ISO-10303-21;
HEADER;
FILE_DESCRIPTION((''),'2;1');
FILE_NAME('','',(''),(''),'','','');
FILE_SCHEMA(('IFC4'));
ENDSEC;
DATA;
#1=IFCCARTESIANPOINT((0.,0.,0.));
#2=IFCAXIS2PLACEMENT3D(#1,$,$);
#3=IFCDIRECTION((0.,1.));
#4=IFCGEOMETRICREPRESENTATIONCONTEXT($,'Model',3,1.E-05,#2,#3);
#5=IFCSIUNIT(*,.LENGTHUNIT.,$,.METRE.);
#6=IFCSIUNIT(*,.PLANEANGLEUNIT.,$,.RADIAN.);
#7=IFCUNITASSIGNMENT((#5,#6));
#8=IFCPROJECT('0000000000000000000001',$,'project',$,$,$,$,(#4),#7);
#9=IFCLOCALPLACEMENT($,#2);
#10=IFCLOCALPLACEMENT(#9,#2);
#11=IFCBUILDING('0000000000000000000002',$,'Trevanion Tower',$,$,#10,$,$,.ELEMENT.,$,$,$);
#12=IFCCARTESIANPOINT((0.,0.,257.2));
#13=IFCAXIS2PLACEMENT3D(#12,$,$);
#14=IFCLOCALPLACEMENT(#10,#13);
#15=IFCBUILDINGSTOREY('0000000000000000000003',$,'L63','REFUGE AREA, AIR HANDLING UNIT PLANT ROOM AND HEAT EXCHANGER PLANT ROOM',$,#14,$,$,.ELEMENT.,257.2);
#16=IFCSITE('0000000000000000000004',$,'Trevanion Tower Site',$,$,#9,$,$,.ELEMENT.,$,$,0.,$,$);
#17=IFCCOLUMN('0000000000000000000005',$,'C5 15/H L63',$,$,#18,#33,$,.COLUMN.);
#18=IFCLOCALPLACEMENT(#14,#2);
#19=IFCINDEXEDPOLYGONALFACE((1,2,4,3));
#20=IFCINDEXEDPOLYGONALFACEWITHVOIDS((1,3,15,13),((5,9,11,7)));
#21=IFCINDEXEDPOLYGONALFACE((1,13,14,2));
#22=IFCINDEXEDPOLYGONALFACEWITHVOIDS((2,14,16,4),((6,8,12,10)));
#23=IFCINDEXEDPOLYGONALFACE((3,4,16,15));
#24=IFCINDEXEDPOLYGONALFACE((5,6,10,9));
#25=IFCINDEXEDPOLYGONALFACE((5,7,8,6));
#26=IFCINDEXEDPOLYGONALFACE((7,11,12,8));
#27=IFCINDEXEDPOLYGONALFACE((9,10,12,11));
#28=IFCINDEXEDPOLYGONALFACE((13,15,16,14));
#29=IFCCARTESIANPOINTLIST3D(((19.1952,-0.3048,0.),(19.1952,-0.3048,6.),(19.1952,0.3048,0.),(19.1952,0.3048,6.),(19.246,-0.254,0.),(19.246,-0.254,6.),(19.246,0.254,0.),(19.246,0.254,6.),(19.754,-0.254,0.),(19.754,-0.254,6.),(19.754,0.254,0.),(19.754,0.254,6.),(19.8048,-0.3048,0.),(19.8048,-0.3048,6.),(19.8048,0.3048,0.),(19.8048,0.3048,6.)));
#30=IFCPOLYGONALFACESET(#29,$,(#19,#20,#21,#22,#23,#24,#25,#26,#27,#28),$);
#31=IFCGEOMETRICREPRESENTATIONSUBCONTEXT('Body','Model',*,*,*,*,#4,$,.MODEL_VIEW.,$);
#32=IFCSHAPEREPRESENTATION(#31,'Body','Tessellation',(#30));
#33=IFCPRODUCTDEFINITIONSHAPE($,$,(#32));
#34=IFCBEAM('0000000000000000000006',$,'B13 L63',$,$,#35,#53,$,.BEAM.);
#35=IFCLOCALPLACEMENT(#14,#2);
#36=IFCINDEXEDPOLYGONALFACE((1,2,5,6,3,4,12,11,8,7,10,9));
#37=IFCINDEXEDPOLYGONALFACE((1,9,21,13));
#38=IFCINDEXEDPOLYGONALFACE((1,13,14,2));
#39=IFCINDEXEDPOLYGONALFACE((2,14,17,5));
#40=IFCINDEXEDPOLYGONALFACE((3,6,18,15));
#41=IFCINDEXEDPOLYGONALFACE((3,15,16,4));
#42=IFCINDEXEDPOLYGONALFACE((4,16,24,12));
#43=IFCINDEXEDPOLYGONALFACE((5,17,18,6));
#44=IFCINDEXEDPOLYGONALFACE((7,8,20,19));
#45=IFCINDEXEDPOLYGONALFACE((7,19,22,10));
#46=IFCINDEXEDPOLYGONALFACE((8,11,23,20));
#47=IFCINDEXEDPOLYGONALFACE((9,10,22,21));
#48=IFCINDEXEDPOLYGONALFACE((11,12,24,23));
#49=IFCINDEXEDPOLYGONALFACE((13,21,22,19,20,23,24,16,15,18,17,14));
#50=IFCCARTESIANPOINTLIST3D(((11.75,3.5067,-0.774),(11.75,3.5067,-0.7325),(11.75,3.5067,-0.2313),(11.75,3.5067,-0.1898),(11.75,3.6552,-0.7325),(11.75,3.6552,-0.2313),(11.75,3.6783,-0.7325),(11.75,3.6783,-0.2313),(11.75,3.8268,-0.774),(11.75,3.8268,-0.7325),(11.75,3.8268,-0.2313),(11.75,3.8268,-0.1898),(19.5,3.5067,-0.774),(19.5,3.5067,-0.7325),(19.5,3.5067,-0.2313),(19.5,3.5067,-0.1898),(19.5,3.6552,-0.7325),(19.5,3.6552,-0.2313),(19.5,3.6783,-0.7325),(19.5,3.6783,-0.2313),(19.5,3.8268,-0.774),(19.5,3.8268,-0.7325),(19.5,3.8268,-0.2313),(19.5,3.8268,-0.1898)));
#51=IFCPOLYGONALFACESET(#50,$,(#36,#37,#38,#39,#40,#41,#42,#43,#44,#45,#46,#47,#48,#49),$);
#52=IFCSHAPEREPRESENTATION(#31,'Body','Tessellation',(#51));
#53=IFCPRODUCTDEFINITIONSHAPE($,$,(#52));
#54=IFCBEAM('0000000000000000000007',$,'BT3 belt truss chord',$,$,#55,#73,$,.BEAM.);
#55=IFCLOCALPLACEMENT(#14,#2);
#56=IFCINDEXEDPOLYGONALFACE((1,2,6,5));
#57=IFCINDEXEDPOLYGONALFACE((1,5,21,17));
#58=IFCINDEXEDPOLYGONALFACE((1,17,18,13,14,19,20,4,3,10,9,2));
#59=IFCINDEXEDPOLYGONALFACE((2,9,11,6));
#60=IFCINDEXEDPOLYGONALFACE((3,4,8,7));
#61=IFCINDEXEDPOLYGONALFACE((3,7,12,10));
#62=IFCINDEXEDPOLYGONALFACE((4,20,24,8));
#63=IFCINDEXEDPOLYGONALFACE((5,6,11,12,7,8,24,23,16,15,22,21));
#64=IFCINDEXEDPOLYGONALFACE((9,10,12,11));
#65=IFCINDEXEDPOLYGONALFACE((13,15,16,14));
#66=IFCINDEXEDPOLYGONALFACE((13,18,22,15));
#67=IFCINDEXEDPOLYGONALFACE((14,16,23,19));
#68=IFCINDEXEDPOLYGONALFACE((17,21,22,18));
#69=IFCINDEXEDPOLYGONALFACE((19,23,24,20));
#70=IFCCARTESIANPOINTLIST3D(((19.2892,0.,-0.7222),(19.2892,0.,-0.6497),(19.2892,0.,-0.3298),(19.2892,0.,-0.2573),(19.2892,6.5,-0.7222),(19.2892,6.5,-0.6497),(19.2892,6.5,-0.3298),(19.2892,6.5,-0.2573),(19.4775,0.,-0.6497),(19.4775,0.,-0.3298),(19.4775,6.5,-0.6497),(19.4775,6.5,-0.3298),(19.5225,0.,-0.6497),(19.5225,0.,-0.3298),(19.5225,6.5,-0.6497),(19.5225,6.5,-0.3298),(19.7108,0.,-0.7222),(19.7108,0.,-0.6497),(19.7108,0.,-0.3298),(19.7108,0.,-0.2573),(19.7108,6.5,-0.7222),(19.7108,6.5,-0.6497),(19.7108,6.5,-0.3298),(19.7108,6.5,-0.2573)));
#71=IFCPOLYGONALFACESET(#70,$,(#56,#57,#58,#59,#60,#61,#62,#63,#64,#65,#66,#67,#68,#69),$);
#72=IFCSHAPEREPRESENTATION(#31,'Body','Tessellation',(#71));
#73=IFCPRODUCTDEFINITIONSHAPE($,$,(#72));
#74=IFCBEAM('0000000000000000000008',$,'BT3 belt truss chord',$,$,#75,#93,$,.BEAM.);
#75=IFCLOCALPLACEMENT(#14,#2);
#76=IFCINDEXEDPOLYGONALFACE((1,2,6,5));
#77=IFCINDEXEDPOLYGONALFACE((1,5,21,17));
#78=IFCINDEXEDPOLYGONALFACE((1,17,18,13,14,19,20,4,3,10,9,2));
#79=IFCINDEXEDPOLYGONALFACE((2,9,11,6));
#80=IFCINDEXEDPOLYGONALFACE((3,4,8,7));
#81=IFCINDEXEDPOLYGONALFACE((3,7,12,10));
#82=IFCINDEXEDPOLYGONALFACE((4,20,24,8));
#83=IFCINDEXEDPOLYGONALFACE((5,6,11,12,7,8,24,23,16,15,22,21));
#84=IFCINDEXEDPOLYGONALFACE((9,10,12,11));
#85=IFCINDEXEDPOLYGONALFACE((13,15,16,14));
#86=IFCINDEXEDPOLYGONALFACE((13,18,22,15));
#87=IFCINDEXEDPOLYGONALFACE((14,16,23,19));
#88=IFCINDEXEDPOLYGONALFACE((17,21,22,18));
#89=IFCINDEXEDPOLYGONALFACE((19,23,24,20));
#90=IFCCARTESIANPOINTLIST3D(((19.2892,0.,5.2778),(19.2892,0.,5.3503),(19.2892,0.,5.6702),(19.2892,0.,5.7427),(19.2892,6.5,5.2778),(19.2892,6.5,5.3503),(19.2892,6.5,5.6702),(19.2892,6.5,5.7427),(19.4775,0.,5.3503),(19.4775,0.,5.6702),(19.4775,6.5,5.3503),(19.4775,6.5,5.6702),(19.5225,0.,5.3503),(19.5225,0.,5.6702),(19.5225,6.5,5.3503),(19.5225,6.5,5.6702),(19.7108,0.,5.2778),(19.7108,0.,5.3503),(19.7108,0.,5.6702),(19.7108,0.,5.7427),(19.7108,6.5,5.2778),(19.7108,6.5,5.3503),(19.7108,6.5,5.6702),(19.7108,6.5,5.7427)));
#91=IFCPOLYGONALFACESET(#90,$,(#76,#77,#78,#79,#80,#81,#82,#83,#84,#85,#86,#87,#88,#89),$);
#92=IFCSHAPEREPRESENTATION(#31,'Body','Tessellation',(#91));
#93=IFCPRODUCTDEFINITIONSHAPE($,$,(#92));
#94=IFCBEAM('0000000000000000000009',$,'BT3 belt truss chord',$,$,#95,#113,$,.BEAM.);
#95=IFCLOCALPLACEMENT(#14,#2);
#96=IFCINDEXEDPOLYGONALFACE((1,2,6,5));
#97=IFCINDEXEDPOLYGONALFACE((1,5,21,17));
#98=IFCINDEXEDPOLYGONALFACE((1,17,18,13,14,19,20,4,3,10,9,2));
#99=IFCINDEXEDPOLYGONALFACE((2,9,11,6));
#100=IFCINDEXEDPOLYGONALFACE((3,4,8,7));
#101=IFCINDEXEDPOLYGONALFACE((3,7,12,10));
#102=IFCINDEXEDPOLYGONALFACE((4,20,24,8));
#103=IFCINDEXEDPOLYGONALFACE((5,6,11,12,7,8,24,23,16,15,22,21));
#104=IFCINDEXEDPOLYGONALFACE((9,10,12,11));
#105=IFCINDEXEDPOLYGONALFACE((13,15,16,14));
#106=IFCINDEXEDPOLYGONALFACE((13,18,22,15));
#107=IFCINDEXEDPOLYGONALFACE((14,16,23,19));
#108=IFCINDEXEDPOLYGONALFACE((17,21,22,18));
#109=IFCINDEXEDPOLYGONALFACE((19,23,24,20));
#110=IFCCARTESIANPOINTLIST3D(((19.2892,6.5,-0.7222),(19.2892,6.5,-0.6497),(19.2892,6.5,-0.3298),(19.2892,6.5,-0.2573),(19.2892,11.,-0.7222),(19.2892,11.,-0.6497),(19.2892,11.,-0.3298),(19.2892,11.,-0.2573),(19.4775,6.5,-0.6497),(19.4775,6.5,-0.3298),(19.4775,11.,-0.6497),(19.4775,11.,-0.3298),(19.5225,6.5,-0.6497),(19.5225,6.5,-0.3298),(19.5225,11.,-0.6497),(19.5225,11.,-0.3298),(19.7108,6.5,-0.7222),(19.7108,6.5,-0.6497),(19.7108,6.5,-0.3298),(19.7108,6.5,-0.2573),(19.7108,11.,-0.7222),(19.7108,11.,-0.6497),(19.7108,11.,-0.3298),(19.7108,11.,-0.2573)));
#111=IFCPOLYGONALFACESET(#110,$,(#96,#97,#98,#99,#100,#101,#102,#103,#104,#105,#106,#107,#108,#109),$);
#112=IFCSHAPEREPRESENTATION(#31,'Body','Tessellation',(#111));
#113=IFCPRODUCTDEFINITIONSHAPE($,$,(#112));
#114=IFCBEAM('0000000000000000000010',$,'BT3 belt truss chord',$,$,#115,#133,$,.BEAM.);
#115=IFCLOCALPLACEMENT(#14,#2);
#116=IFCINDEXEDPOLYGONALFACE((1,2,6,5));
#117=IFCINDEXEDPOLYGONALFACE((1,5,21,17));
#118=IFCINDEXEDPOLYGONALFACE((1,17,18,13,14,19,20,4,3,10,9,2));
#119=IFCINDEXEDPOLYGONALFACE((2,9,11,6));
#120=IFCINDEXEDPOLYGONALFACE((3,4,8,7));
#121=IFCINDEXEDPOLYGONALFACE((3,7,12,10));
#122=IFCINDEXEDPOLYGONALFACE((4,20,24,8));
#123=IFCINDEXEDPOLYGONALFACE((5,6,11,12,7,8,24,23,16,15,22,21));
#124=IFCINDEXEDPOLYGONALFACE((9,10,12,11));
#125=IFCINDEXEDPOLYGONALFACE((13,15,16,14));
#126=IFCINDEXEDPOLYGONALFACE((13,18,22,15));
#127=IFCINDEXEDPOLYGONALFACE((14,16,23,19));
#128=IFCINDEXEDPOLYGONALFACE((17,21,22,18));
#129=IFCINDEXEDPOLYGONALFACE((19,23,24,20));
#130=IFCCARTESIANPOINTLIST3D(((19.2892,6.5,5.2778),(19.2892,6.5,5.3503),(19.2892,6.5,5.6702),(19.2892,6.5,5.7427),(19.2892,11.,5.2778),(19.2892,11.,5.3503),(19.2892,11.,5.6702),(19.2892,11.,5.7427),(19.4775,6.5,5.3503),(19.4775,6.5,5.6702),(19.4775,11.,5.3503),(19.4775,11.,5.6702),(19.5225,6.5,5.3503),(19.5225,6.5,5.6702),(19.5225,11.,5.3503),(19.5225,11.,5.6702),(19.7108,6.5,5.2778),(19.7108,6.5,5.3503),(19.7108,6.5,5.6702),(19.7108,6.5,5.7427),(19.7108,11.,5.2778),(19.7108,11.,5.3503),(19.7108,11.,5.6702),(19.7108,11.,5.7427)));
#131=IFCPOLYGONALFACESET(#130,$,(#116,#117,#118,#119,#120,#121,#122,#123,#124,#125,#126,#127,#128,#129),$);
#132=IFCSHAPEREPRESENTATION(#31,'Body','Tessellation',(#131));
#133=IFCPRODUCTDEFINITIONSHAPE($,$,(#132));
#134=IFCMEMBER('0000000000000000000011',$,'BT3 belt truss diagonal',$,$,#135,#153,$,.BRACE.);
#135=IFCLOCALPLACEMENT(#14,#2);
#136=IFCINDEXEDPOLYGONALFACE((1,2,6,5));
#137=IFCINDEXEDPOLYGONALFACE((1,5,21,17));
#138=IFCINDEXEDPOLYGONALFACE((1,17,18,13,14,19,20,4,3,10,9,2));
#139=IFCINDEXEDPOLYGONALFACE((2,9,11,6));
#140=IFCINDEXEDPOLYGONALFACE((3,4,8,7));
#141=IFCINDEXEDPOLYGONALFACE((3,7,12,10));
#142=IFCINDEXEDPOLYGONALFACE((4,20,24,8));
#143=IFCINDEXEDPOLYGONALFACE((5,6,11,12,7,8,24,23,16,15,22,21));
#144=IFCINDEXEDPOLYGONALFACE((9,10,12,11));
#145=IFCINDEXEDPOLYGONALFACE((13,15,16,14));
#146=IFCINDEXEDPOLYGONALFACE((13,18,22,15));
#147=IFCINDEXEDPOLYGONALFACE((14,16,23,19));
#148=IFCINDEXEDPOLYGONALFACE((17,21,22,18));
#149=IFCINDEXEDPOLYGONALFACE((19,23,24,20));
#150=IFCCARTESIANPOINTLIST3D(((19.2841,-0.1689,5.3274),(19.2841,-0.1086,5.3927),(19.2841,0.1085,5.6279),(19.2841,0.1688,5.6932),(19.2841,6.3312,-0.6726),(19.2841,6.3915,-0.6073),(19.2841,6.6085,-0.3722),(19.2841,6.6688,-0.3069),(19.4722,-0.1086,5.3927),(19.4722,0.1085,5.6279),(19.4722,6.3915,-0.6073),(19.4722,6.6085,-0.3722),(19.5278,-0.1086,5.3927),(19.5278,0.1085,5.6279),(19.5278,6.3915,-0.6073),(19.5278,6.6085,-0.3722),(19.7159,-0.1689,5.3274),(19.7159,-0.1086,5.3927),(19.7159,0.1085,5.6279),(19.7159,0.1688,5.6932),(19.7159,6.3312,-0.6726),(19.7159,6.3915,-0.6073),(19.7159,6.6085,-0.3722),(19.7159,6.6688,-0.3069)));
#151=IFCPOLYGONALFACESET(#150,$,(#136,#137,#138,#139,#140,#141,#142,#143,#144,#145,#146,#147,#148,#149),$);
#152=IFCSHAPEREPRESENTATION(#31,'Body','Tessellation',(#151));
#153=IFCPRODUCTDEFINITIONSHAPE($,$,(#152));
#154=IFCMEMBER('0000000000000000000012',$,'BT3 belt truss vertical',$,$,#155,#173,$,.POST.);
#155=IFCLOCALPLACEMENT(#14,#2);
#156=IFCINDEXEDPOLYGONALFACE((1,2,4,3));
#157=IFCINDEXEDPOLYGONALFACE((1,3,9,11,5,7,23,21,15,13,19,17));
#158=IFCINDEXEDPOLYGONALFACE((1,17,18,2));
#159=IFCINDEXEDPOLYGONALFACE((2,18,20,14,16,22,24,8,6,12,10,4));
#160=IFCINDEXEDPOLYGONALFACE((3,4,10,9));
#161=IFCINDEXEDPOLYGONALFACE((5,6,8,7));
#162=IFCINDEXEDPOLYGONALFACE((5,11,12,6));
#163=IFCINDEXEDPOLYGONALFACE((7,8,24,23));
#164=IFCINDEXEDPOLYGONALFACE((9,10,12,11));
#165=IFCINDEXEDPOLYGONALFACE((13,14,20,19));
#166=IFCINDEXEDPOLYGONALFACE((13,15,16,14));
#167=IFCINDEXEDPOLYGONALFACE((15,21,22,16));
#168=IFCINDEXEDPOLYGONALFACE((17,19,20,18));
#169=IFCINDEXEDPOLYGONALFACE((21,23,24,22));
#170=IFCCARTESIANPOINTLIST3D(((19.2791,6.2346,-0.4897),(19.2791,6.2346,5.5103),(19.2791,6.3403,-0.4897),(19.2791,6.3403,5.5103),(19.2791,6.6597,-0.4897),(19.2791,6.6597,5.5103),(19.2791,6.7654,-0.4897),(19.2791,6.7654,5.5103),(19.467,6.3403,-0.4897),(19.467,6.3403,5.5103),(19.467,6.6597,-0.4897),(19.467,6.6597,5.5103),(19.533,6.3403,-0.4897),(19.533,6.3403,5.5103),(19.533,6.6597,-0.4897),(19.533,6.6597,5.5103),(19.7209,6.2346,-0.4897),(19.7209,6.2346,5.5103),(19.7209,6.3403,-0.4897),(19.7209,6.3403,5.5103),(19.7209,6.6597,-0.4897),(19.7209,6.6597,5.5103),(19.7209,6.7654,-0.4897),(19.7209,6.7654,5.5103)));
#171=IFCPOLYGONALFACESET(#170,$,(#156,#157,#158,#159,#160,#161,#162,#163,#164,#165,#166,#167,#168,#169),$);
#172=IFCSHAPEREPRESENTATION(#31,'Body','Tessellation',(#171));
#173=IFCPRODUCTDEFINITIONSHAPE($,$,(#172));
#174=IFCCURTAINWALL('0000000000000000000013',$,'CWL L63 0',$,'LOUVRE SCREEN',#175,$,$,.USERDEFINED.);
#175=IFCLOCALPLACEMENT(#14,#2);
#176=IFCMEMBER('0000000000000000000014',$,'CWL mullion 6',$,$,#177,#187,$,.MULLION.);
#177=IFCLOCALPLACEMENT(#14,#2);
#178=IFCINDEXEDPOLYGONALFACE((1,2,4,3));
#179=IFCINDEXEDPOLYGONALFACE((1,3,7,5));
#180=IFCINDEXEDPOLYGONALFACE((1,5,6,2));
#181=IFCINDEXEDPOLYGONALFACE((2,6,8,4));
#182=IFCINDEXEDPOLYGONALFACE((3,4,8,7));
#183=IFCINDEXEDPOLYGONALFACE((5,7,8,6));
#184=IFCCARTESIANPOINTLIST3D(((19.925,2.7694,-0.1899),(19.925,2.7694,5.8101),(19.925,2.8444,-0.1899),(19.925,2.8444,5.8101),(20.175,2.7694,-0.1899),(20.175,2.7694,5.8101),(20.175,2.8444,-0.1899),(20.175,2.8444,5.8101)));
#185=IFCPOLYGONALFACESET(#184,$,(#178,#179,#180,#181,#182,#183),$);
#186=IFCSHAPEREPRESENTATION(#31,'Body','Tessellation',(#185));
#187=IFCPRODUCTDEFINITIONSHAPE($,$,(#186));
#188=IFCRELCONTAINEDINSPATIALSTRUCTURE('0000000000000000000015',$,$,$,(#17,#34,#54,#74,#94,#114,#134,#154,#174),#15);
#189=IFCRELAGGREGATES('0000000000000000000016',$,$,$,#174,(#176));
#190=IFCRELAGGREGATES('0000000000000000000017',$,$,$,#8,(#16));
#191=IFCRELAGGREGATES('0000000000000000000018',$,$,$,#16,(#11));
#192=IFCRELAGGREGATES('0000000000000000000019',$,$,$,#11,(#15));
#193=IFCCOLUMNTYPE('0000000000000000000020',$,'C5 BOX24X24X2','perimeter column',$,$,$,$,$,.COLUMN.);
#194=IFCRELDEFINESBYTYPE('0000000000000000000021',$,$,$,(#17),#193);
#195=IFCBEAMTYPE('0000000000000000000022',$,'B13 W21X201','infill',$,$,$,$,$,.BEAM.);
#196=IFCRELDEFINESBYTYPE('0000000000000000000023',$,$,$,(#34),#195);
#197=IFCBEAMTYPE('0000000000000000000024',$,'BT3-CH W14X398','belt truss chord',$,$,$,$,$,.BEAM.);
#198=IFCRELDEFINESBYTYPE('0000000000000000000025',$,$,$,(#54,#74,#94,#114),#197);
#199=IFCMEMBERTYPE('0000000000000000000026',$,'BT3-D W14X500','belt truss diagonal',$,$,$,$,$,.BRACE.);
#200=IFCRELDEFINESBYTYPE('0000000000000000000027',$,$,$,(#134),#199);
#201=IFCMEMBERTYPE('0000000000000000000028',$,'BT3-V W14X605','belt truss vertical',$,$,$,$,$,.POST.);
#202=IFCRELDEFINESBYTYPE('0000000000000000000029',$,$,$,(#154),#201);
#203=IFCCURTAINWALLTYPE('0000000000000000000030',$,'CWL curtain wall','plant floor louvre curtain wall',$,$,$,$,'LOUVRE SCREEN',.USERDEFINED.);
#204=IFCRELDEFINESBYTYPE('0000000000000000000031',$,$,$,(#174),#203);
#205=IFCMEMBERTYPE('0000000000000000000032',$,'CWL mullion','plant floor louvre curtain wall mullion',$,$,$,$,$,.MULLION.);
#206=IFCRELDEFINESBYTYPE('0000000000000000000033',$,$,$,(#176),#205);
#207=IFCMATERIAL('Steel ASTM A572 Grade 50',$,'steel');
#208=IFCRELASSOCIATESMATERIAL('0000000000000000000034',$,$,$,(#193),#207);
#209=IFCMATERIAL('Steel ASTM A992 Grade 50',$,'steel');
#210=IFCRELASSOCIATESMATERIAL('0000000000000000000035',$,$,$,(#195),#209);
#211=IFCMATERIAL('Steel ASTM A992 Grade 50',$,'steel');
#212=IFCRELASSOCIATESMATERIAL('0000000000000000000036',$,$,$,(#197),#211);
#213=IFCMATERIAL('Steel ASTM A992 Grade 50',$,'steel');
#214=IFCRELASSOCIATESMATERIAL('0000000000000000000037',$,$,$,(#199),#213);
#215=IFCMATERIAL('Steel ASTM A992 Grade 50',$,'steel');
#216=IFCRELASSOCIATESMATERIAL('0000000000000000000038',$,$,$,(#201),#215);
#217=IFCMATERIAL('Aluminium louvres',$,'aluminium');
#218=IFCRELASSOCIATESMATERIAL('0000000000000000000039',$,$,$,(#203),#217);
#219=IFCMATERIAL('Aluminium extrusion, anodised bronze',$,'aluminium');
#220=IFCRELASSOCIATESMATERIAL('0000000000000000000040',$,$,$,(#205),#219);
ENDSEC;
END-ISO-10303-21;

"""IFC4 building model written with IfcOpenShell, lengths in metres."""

from ifc_helpers import new_model, si_unit, direction, frame, origin, origin_2d, place, context, subcontext, project, spatial, rectangle, hollow_rectangle, i_section, extrude, material, material_profile, profile_set, type_object, element, aggregate, save


model = new_model("IFC4")

# Units and contexts
model_context = context("Model", 3, precision=1e-05, world=origin(), true_north=direction((0.0, 1.0)))
body_context = subcontext(model_context, "Body", "Model", "MODEL_VIEW")
ifc_project = project(units=[si_unit("LENGTHUNIT", "METRE"), si_unit("PLANEANGLEUNIT", "RADIAN")], contexts=[model_context])

# Site, building, storey
site_placement = place(None, origin())
site = spatial("IfcSite", under=ifc_project, at=site_placement, Name="Trevanion Tower Site", CompositionType="ELEMENT", RefElevation=0.0)
building_placement = place(site_placement, origin())
building = spatial("IfcBuilding", under=site, at=building_placement, Name="Trevanion Tower", CompositionType="ELEMENT")
storey_placement = place(building_placement, frame((0.0, 0.0, 257.2)))
storey = spatial("IfcBuildingStorey", under=building, at=storey_placement, Name="L63", Description="REFUGE AREA, AIR HANDLING UNIT PLANT ROOM AND HEAT EXCHANGER PLANT ROOM", CompositionType="ELEMENT", Elevation=257.2)

# Column
ifc_material_1 = material(Name="Steel ASTM A572 Grade 50", Category="steel")
ifc_material_profile_1 = material_profile(ifc_material_1, hollow_rectangle(XDim=0.6096, YDim=0.6096, WallThickness=0.0508, at=origin_2d()), Name="BOX24X24X2")
ifc_profile_set_1 = profile_set([ifc_material_profile_1], Name="Steel ASTM A572 Grade 50")
column_type = type_object("IfcColumnType", Name="C5 BOX24X24X2", Description="perimeter column", PredefinedType="COLUMN", material=ifc_profile_set_1)
column_placement = place(storey_placement, frame((19.5, 0.0, 0.0), z_axis=(0.0, 0.0, 1.0), x_axis=(0.0, 1.0, 0.0)))
element("IfcColumn", 1, at=column_placement, inside=storey, type_object=column_type, Name="C5 15/H L63", PredefinedType="COLUMN", context=body_context, shape_type="SweptSolid", body=[
    extrude(hollow_rectangle(XDim=0.6096, YDim=0.6096, WallThickness=0.0508, at=origin_2d()), origin(), (0.0, 0.0, 1.0), 6.0),
])

# Beams
ifc_material_2 = material(Name="Steel ASTM A992 Grade 50", Category="steel")
ifc_material_profile_2 = material_profile(ifc_material_2, i_section(OverallWidth=0.3201, OverallDepth=0.5842, WebThickness=0.0232, FlangeThickness=0.0415, at=origin_2d()), Name="W21X201")
ifc_profile_set_2 = profile_set([ifc_material_profile_2], Name="Steel ASTM A992 Grade 50")
beam_type_1 = type_object("IfcBeamType", Name="B13 W21X201", Description="infill", PredefinedType="BEAM", material=ifc_profile_set_2)
beam_1_placement = place(storey_placement, frame((11.75, 3.6667, -0.4819), z_axis=(1.0, 0.0, 0.0), x_axis=(0.0, 1.0, 0.0)))
element("IfcBeam", 2, at=beam_1_placement, inside=storey, type_object=beam_type_1, Name="B13 L63", PredefinedType="BEAM", context=body_context, shape_type="SweptSolid", body=[
    extrude(i_section(OverallWidth=0.3201, OverallDepth=0.5842, WebThickness=0.0232, FlangeThickness=0.0415, at=origin_2d()), origin(), (0.0, 0.0, 1.0), 7.75),
])
ifc_material_3 = material(Name="Steel ASTM A992 Grade 50", Category="steel")
ifc_material_profile_3 = material_profile(ifc_material_3, i_section(OverallWidth=0.4216, OverallDepth=0.4648, WebThickness=0.0449, FlangeThickness=0.0725, at=origin_2d()), Name="W14X398")
ifc_profile_set_3 = profile_set([ifc_material_profile_3], Name="Steel ASTM A992 Grade 50")
beam_type_2 = type_object("IfcBeamType", Name="BT3-CH W14X398", Description="belt truss chord", PredefinedType="BEAM", material=ifc_profile_set_3)
for number, where, z_axis, x_axis, name in (
    (3, (19.5, 0.0, -0.4897), (0.0, 1.0, 0.0), (-1.0, 0.0, 0.0), "BT3 belt truss chord"),
    (4, (19.5, 0.0, 5.5103), (0.0, 1.0, 0.0), (-1.0, 0.0, 0.0), "BT3 belt truss chord"),
):
    element("IfcBeam", number, at=place(storey_placement, frame(where, z_axis=z_axis, x_axis=x_axis)), inside=storey, type_object=beam_type_2, Name=name, PredefinedType="BEAM", context=body_context, shape_type="SweptSolid", body=[
        extrude(i_section(OverallWidth=0.4216, OverallDepth=0.4648, WebThickness=0.0449, FlangeThickness=0.0725, at=origin_2d()), origin(), (0.0, 0.0, 1.0), 6.5),
    ])
for number, where, z_axis, x_axis, name in (
    (5, (19.5, 6.5, -0.4897), (0.0, 1.0, 0.0), (-1.0, 0.0, 0.0), "BT3 belt truss chord"),
    (6, (19.5, 6.5, 5.5103), (0.0, 1.0, 0.0), (-1.0, 0.0, 0.0), "BT3 belt truss chord"),
):
    element("IfcBeam", number, at=place(storey_placement, frame(where, z_axis=z_axis, x_axis=x_axis)), inside=storey, type_object=beam_type_2, Name=name, PredefinedType="BEAM", context=body_context, shape_type="SweptSolid", body=[
        extrude(i_section(OverallWidth=0.4216, OverallDepth=0.4648, WebThickness=0.0449, FlangeThickness=0.0725, at=origin_2d()), origin(), (0.0, 0.0, 1.0), 4.5),
    ])

# Members
ifc_material_4 = material(Name="Steel ASTM A992 Grade 50", Category="steel")
ifc_material_profile_4 = material_profile(ifc_material_4, i_section(OverallWidth=0.4319, OverallDepth=0.4978, WebThickness=0.0557, FlangeThickness=0.0889, at=origin_2d()), Name="W14X500")
ifc_profile_set_4 = profile_set([ifc_material_profile_4], Name="Steel ASTM A992 Grade 50")
member_type_1 = type_object("IfcMemberType", Name="BT3-D W14X500", Description="belt truss diagonal", PredefinedType="BRACE", material=ifc_profile_set_4)
member_1_placement = place(storey_placement, frame((19.5, 6.5, -0.4897), z_axis=(0.0, -0.734803, 0.67828), x_axis=(1.0, 0.0, 0.0)))
element("IfcMember", 7, at=member_1_placement, inside=storey, type_object=member_type_1, Name="BT3 belt truss diagonal", PredefinedType="BRACE", context=body_context, shape_type="SweptSolid", body=[
    extrude(i_section(OverallWidth=0.4319, OverallDepth=0.4978, WebThickness=0.0557, FlangeThickness=0.0889, at=origin_2d()), origin(), (0.0, 0.0, 1.0), 8.8459),
])
ifc_material_5 = material(Name="Steel ASTM A992 Grade 50", Category="steel")
ifc_material_profile_5 = material_profile(ifc_material_5, i_section(OverallWidth=0.4419, OverallDepth=0.5308, WebThickness=0.0659, FlangeThickness=0.1057, at=origin_2d()), Name="W14X605")
ifc_profile_set_5 = profile_set([ifc_material_profile_5], Name="Steel ASTM A992 Grade 50")
member_type_2 = type_object("IfcMemberType", Name="BT3-V W14X605", Description="belt truss vertical", PredefinedType="POST", material=ifc_profile_set_5)
member_2_placement = place(storey_placement, frame((19.5, 6.5, -0.4897), z_axis=(0.0, 0.0, 1.0), x_axis=(1.0, 0.0, 0.0)))
element("IfcMember", 8, at=member_2_placement, inside=storey, type_object=member_type_2, Name="BT3 belt truss vertical", PredefinedType="POST", context=body_context, shape_type="SweptSolid", body=[
    extrude(i_section(OverallWidth=0.4419, OverallDepth=0.5308, WebThickness=0.0659, FlangeThickness=0.1057, at=origin_2d()), origin(), (0.0, 0.0, 1.0), 6.0),
])

# Curtain wall, member
ifc_material_6 = material(Name="Aluminium louvres", Category="aluminium")
curtain_wall_type = type_object("IfcCurtainWallType", Name="CWL curtain wall", Description="plant floor louvre curtain wall", ElementType="LOUVRE SCREEN", PredefinedType="USERDEFINED", material=ifc_material_6)
curtain_wall_placement = place(storey_placement, origin())
curtain_wall = element("IfcCurtainWall", 9, at=curtain_wall_placement, inside=storey, type_object=curtain_wall_type, Name="CWL L63 0", ObjectType="LOUVRE SCREEN", PredefinedType="USERDEFINED")
ifc_material_7 = material(Name="Aluminium extrusion, anodised bronze", Category="aluminium")
ifc_material_profile_6 = material_profile(ifc_material_7, rectangle(XDim=0.075, YDim=0.25, at=origin_2d()), Name="CWL mullion")
ifc_profile_set_6 = profile_set([ifc_material_profile_6], Name="Aluminium extrusion, anodised bronze")
member_type_3 = type_object("IfcMemberType", Name="CWL mullion", Description="plant floor louvre curtain wall mullion", PredefinedType="MULLION", material=ifc_profile_set_6)
member_3_placement = place(storey_placement, frame((20.05, 2.8069, -0.1899), z_axis=(0.0, 0.0, 1.0), x_axis=(0.0, 1.0, 0.0)))
member_3 = element("IfcMember", 10, at=member_3_placement, type_object=member_type_3, Name="CWL mullion 6", PredefinedType="MULLION", context=body_context, shape_type="SweptSolid", body=[
    extrude(rectangle(XDim=0.075, YDim=0.25, at=origin_2d()), origin(), (0.0, 0.0, 1.0), 6.0),
])

aggregate(curtain_wall, [member_3])

save(model, "model.ifc")
